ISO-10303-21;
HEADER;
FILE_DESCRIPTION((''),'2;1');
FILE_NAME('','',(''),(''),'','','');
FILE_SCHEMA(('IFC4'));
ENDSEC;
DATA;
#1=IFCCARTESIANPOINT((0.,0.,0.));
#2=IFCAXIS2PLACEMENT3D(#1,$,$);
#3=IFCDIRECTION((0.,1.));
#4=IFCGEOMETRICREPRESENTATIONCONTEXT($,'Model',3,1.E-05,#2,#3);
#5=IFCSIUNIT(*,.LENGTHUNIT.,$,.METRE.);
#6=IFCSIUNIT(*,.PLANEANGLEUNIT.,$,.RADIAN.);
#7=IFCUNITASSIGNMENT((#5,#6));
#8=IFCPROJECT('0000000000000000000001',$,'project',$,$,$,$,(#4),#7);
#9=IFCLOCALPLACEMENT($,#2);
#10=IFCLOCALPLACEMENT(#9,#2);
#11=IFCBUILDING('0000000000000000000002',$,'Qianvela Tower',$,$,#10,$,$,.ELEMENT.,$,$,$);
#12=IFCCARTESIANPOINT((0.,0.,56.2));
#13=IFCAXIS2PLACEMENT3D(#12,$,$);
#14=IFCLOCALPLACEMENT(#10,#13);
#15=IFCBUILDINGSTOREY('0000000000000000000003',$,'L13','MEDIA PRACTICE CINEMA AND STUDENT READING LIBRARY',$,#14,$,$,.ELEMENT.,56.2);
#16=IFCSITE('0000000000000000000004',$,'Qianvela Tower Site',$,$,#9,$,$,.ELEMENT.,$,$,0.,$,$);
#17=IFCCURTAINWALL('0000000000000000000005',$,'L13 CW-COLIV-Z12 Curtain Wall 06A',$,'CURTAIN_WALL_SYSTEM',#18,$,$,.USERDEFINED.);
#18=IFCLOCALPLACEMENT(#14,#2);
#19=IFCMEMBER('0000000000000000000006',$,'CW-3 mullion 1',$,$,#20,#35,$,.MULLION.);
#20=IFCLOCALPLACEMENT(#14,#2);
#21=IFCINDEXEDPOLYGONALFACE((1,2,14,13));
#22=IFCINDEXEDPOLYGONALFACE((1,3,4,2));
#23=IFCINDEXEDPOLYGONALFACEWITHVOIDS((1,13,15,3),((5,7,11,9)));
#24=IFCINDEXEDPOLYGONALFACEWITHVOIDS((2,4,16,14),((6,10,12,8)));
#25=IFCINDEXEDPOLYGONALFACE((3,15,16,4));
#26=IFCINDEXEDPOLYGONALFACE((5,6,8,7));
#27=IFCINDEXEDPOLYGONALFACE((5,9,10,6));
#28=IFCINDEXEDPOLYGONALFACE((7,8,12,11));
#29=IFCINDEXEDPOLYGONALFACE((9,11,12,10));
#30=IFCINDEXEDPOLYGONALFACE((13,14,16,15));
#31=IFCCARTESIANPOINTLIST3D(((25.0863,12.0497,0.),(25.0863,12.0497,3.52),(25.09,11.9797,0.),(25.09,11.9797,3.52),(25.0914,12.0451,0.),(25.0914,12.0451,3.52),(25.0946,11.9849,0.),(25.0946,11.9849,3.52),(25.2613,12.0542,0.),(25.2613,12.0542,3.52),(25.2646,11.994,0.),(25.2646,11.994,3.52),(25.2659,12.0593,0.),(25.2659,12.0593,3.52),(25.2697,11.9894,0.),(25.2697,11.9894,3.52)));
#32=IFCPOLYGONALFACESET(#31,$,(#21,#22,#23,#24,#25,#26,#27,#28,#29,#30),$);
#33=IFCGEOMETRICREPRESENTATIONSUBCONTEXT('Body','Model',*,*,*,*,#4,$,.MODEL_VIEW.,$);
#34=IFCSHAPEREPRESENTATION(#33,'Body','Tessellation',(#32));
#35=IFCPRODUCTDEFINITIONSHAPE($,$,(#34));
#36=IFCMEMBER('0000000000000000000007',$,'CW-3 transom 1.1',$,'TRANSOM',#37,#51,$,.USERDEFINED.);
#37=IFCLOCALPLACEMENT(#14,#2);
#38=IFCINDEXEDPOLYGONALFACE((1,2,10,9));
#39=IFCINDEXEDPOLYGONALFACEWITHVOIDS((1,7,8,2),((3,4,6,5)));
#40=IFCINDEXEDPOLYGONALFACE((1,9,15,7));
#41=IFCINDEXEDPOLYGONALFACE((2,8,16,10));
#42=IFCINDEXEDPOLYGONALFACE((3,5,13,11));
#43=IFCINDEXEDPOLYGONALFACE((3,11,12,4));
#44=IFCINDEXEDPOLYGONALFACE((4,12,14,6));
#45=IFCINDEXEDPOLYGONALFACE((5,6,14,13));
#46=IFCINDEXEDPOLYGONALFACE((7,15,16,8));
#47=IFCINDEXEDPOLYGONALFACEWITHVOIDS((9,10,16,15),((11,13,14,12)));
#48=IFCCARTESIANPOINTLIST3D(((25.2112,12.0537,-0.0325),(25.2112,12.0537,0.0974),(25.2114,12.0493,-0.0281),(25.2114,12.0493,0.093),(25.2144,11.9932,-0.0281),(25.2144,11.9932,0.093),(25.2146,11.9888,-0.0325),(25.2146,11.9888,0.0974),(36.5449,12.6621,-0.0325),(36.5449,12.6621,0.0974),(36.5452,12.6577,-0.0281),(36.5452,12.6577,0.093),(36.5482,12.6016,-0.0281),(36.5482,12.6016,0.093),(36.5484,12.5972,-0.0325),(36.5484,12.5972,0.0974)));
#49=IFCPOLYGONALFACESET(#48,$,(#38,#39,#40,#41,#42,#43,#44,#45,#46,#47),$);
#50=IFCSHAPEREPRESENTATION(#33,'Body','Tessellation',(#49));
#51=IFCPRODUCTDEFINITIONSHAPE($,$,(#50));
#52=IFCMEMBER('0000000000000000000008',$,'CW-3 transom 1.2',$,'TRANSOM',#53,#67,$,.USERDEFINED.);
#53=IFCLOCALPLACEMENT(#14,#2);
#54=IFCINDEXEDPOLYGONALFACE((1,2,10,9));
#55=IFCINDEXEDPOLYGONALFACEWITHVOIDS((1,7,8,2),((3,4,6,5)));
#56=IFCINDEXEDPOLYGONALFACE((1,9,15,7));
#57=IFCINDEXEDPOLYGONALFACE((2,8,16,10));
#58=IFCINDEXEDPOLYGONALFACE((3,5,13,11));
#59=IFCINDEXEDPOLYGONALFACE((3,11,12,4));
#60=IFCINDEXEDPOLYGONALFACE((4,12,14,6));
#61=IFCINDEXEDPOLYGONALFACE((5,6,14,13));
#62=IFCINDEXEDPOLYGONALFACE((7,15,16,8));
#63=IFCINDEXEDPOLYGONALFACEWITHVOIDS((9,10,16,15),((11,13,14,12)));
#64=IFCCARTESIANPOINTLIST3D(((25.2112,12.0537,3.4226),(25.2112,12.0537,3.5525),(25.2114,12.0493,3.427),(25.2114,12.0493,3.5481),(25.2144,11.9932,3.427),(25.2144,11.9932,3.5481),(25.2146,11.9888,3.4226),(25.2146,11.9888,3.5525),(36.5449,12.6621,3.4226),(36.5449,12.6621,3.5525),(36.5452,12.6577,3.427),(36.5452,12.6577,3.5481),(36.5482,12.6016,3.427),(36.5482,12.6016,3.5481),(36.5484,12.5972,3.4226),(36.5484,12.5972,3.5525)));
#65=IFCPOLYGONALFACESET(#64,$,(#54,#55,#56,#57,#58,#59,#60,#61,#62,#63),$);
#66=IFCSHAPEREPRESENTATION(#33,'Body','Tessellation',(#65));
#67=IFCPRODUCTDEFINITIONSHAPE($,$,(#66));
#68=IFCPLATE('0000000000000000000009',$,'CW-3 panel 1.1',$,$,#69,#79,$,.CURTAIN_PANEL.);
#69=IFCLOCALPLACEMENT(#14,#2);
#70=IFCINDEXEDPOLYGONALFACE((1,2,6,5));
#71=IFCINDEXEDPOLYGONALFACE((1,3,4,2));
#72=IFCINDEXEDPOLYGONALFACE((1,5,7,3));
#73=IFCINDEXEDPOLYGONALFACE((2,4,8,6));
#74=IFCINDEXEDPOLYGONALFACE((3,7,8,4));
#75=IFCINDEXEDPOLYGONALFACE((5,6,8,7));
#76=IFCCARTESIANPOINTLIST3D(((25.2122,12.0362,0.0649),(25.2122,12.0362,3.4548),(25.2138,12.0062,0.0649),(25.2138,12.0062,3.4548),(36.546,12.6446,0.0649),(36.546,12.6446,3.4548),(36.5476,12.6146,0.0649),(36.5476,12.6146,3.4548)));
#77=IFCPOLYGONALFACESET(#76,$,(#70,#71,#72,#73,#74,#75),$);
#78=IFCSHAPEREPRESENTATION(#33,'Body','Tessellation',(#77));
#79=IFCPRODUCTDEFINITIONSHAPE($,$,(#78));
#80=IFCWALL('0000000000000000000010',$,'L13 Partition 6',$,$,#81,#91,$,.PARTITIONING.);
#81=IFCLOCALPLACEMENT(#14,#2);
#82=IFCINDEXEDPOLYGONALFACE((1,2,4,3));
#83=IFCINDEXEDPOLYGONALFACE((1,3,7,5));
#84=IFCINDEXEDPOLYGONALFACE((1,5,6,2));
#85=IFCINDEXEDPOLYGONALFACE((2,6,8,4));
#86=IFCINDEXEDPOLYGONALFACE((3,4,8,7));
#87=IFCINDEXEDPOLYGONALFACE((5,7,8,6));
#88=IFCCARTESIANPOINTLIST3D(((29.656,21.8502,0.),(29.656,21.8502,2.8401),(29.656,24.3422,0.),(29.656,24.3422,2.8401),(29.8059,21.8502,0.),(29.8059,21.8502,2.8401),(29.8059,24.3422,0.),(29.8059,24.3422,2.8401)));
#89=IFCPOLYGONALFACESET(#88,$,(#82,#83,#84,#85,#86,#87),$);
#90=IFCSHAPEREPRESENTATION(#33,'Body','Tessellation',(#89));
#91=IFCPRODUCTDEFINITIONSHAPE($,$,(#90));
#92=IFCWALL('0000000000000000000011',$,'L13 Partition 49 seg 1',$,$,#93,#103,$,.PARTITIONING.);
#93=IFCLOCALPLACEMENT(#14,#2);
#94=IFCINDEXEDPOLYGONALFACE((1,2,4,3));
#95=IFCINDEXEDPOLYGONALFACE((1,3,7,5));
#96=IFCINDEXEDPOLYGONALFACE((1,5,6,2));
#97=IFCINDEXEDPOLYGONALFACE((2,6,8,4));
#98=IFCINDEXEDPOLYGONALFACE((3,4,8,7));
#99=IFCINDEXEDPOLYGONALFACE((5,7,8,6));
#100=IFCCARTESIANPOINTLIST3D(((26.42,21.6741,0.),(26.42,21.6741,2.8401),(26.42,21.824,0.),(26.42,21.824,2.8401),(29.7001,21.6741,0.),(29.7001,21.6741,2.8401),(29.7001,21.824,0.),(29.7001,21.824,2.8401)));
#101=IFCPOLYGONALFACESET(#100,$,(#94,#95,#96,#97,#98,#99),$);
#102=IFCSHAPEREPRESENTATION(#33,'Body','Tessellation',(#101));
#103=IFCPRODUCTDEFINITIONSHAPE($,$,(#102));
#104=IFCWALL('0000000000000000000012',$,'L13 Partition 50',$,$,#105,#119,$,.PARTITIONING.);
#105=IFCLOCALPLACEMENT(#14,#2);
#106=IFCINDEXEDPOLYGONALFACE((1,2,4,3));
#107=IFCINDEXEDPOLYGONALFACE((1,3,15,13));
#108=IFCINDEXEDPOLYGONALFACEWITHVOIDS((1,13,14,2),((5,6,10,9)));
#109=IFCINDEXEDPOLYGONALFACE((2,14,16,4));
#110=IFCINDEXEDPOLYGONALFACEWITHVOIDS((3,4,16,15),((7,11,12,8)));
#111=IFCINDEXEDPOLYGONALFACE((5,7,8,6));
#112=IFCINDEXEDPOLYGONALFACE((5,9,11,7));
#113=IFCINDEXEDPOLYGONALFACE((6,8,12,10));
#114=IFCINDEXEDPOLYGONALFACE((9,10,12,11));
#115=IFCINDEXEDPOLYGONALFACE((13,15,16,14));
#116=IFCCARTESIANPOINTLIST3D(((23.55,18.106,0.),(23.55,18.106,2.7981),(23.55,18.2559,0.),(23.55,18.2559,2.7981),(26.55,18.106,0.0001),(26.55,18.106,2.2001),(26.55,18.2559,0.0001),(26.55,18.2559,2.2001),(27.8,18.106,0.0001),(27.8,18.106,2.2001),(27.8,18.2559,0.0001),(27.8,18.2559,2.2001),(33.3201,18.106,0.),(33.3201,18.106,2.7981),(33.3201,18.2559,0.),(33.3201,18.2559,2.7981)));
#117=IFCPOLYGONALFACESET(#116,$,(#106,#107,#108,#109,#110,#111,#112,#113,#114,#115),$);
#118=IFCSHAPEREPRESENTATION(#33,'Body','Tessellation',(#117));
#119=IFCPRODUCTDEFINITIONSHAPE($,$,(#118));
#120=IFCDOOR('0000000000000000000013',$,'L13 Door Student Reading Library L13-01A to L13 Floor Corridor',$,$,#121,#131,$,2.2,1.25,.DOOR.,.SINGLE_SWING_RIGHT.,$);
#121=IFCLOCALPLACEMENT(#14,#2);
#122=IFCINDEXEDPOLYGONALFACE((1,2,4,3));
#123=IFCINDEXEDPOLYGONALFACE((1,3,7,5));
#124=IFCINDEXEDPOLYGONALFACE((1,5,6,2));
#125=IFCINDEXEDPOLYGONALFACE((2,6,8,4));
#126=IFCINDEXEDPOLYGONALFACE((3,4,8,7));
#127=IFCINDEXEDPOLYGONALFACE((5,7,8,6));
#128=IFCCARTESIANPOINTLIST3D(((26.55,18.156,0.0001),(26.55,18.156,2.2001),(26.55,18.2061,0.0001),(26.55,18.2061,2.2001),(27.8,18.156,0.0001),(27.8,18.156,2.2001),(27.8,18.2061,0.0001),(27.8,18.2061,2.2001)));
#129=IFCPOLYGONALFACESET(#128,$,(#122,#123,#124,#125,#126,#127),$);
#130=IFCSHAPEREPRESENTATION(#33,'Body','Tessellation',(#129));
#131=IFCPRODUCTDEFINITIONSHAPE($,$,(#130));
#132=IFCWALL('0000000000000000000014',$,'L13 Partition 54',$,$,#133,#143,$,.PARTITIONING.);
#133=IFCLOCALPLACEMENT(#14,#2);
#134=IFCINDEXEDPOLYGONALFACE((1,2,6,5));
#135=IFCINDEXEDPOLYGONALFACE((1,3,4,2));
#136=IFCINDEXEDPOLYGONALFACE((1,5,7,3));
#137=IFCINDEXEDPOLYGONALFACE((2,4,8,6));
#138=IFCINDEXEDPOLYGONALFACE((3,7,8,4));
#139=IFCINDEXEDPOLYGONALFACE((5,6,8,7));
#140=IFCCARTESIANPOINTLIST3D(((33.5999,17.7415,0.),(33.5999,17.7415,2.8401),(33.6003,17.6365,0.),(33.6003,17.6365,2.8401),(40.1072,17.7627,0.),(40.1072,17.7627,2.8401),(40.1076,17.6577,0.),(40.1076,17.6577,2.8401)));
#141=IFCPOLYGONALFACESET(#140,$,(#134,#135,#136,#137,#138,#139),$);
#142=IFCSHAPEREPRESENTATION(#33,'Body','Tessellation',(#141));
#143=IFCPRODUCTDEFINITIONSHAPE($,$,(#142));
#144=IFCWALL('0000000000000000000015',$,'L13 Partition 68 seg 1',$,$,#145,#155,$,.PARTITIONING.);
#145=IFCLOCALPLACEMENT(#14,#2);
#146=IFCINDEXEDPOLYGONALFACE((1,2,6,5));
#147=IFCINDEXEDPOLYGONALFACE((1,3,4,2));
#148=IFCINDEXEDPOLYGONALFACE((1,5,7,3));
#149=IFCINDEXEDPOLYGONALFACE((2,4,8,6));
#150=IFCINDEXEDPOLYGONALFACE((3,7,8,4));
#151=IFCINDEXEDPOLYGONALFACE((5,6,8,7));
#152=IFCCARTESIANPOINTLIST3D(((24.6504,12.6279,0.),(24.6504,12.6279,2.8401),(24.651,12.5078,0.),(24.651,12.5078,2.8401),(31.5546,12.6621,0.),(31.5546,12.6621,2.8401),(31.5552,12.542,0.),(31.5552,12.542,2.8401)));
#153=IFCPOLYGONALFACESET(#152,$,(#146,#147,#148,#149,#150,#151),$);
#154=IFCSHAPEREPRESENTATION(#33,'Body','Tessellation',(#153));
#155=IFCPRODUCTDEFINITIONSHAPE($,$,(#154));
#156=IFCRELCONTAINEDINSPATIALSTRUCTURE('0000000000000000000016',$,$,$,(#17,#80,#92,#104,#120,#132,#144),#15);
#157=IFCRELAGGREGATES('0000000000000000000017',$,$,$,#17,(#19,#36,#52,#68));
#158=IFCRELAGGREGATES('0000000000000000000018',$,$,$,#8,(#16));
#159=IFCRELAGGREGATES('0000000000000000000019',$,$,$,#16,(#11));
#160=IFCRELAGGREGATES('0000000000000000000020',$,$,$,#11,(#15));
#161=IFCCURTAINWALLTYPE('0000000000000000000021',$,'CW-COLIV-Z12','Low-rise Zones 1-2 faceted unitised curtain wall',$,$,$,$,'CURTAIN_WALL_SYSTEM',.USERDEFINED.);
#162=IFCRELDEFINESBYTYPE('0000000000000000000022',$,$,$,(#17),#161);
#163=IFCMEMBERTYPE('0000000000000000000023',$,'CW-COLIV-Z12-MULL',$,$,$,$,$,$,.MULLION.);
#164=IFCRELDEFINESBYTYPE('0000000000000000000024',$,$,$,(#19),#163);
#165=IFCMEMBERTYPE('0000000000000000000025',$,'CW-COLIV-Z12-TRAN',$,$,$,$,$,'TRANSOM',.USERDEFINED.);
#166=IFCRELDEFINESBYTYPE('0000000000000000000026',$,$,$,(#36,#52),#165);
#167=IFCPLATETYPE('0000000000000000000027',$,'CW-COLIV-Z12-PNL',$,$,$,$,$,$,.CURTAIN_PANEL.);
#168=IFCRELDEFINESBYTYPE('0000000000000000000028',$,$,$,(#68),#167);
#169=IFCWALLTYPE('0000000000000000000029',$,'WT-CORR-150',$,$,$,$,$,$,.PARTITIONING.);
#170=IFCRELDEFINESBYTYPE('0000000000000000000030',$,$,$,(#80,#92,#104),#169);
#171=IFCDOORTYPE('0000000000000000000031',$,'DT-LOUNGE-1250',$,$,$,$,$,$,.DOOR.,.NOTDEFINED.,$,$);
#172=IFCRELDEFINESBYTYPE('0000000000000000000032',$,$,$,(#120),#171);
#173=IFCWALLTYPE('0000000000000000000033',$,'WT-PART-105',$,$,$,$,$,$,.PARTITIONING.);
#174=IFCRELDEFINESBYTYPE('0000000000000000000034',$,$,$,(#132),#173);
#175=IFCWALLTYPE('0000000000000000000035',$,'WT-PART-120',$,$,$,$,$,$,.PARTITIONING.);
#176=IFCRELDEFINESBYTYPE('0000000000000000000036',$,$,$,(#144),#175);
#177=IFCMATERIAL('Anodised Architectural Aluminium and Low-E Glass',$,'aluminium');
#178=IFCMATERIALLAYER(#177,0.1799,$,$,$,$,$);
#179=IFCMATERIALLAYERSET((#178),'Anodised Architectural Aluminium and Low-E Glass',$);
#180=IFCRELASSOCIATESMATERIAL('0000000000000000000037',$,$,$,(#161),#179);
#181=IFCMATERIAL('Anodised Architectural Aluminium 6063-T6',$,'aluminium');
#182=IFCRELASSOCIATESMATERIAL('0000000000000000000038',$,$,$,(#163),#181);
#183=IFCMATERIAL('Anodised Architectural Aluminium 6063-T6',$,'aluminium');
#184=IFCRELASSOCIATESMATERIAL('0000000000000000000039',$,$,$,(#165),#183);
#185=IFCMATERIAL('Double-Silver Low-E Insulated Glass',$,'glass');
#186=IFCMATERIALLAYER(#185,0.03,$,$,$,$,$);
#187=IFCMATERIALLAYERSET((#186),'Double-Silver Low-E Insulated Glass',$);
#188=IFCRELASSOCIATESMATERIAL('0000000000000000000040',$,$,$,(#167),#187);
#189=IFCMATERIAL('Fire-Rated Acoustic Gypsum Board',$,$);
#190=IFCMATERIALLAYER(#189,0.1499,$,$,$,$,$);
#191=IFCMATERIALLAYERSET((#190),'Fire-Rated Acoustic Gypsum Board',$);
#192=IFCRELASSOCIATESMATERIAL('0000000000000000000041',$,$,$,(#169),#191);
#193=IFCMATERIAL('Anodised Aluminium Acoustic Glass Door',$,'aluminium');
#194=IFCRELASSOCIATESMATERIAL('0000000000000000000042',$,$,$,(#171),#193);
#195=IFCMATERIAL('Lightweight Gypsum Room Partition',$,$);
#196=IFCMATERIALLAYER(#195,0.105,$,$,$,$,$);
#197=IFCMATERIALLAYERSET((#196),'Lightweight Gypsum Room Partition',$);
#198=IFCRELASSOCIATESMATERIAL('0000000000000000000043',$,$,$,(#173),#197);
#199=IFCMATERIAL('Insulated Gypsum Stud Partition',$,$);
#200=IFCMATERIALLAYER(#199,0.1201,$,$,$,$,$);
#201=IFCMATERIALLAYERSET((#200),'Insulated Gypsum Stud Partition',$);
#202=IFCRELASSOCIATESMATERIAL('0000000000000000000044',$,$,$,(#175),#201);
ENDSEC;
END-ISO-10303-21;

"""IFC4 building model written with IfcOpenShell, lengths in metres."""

from ifc_helpers import new_model, si_unit, direction, frame, frame_2d, origin, origin_2d, place, context, subcontext, project, spatial, rectangle, hollow_rectangle, extrude, material, layer, layer_set, material_profile, profile_set, type_object, element, fill, aggregate, save


model = new_model("IFC4")

# Units and contexts
model_context = context("Model", 3, precision=1e-05, world=origin(), true_north=direction((0.0, 1.0)))
body_context = subcontext(model_context, "Body", "Model", "MODEL_VIEW")
ifc_project = project(units=[si_unit("LENGTHUNIT", "METRE"), si_unit("PLANEANGLEUNIT", "RADIAN")], contexts=[model_context])

# Site, building, storey
site_placement = place(None, origin())
site = spatial("IfcSite", under=ifc_project, at=site_placement, Name="Qianvela Tower Site", CompositionType="ELEMENT", RefElevation=0.0)
building_placement = place(site_placement, origin())
building = spatial("IfcBuilding", under=site, at=building_placement, Name="Qianvela Tower", CompositionType="ELEMENT")
storey_placement = place(building_placement, frame((0.0, 0.0, 56.2)))
storey = spatial("IfcBuildingStorey", under=building, at=storey_placement, Name="L13", Description="MEDIA PRACTICE CINEMA AND STUDENT READING LIBRARY", CompositionType="ELEMENT", Elevation=56.2)

# Curtain wall, members, plate
ifc_material_1 = material(Name="Anodised Architectural Aluminium and Low-E Glass", Category="aluminium")
ifc_layer_1 = layer(ifc_material_1, 0.1799)
ifc_layer_set_1 = layer_set([ifc_layer_1], Name="Anodised Architectural Aluminium and Low-E Glass")
curtain_wall_type = type_object("IfcCurtainWallType", Name="CW-COLIV-Z12", Description="Low-rise Zones 1-2 faceted unitised curtain wall", ElementType="CURTAIN_WALL_SYSTEM", PredefinedType="USERDEFINED", material=ifc_layer_set_1)
curtain_wall_placement = place(storey_placement, origin())
curtain_wall = element("IfcCurtainWall", 1, at=curtain_wall_placement, inside=storey, type_object=curtain_wall_type, Name="L13 CW-COLIV-Z12 Curtain Wall 06A", ObjectType="CURTAIN_WALL_SYSTEM", PredefinedType="USERDEFINED")
ifc_material_2 = material(Name="Anodised Architectural Aluminium 6063-T6", Category="aluminium")
ifc_material_profile_1 = material_profile(ifc_material_2, hollow_rectangle(XDim=0.0701, YDim=0.1799, WallThickness=0.0049, at=origin_2d()), Name="ALU-MULL-70x180")
ifc_profile_set_1 = profile_set([ifc_material_profile_1], Name="Anodised Architectural Aluminium 6063-T6")
member_type_1 = type_object("IfcMemberType", Name="CW-COLIV-Z12-MULL", PredefinedType="MULLION", material=ifc_profile_set_1)
member_1_placement = place(storey_placement, frame((25.178, 12.0195, 0.0), z_axis=(0.0, 0.0, 1.0), x_axis=(-0.053603, 0.998562, 0.0)))
member_1 = element("IfcMember", 2, at=member_1_placement, type_object=member_type_1, Name="CW-3 mullion 1", PredefinedType="MULLION", context=body_context, shape_type="SweptSolid", body=[
    extrude(hollow_rectangle(XDim=0.0701, YDim=0.1799, WallThickness=0.0049, at=origin_2d()), origin(), (0.0, 0.0, 1.0), 3.52),
])
ifc_material_3 = material(Name="Anodised Architectural Aluminium 6063-T6", Category="aluminium")
ifc_material_profile_2 = material_profile(ifc_material_3, hollow_rectangle(XDim=0.0649, YDim=0.1299, WallThickness=0.0044, at=origin_2d()), Name="ALU-TRAN-65x130")
ifc_profile_set_2 = profile_set([ifc_material_profile_2], Name="Anodised Architectural Aluminium 6063-T6")
member_type_2 = type_object("IfcMemberType", Name="CW-COLIV-Z12-TRAN", ElementType="TRANSOM", PredefinedType="USERDEFINED", material=ifc_profile_set_2)
member_2_placement = place(storey_placement, frame((25.2129, 12.0212, 0.0325), z_axis=(0.998562, 0.053603, 0.0), x_axis=(-0.053603, 0.998562, 0.0)))
member_2 = element("IfcMember", 3, at=member_2_placement, type_object=member_type_2, Name="CW-3 transom 1.1", ObjectType="TRANSOM", PredefinedType="USERDEFINED", context=body_context, shape_type="SweptSolid", body=[
    extrude(hollow_rectangle(XDim=0.0649, YDim=0.1299, WallThickness=0.0044, at=origin_2d()), origin(), (0.0, 0.0, 1.0), 11.3501),
])
member_3_placement = place(storey_placement, frame((25.2129, 12.0212, 3.4875), z_axis=(0.998562, 0.053603, 0.0), x_axis=(-0.053603, 0.998562, 0.0)))
member_3 = element("IfcMember", 4, at=member_3_placement, type_object=member_type_2, Name="CW-3 transom 1.2", ObjectType="TRANSOM", PredefinedType="USERDEFINED", context=body_context, shape_type="SweptSolid", body=[
    extrude(hollow_rectangle(XDim=0.0649, YDim=0.1299, WallThickness=0.0044, at=origin_2d()), origin(), (0.0, 0.0, 1.0), 11.3501),
])
ifc_material_4 = material(Name="Double-Silver Low-E Insulated Glass", Category="glass")
ifc_layer_2 = layer(ifc_material_4, 0.03)
ifc_layer_set_2 = layer_set([ifc_layer_2], Name="Double-Silver Low-E Insulated Glass")
plate_type = type_object("IfcPlateType", Name="CW-COLIV-Z12-PNL", PredefinedType="CURTAIN_PANEL", material=ifc_layer_set_2)
plate_placement = place(storey_placement, frame((30.8799, 12.3254, 0.0649), z_axis=(0.0, 0.0, 1.0), x_axis=(0.998562, 0.053603, 0.0)))
plate = element("IfcPlate", 5, at=plate_placement, type_object=plate_type, Name="CW-3 panel 1.1", PredefinedType="CURTAIN_PANEL", context=body_context, shape_type="SweptSolid", body=[
    extrude(rectangle(XDim=11.3501, YDim=0.03, at=origin_2d()), origin(), (0.0, 0.0, 1.0), 3.3899),
])
aggregate(curtain_wall, [member_1, member_2, member_3, plate])

# Shared definitions
ifc_material_5 = material(Name="Fire-Rated Acoustic Gypsum Board")
ifc_layer_3 = layer(ifc_material_5, 0.1499)
ifc_layer_set_3 = layer_set([ifc_layer_3], Name="Fire-Rated Acoustic Gypsum Board")
wall_type_1 = type_object("IfcWallType", Name="WT-CORR-150", PredefinedType="PARTITIONING", material=ifc_layer_set_3)

# Walls
wall_1_placement = place(storey_placement, frame((29.731, 21.8501, 0.0), z_axis=(0.0, 0.0, 1.0), x_axis=(0.0, 1.0, 0.0)))
element("IfcWall", 6, at=wall_1_placement, inside=storey, type_object=wall_type_1, Name="L13 Partition 6", PredefinedType="PARTITIONING", context=body_context, shape_type="SweptSolid", body=[
    extrude(rectangle(XDim=2.4919, YDim=0.1499, at=frame_2d((1.2461, 0.0))), origin(), (0.0, 0.0, 1.0), 2.8401),
])
wall_2_placement = place(storey_placement, frame((26.4199, 21.749, 0.0), z_axis=(0.0, 0.0, 1.0), x_axis=(1.0, 0.0, 0.0)))
element("IfcWall", 7, at=wall_2_placement, inside=storey, type_object=wall_type_1, Name="L13 Partition 49 seg 1", PredefinedType="PARTITIONING", context=body_context, shape_type="SweptSolid", body=[
    extrude(rectangle(XDim=3.28, YDim=0.1499, at=frame_2d((1.6401, 0.0))), origin(), (0.0, 0.0, 1.0), 2.8401),
])

# Wall, opening, door
wall_3_placement = place(storey_placement, frame((33.3201, 18.1809, 0.0), z_axis=(0.0, 0.0, 1.0), x_axis=(-1.0, 0.0, 0.0)))
wall_3 = element("IfcWall", 8, at=wall_3_placement, inside=storey, type_object=wall_type_1, Name="L13 Partition 50", PredefinedType="PARTITIONING", context=body_context, shape_type="SweptSolid", body=[
    extrude(rectangle(XDim=9.77, YDim=0.1499, at=frame_2d((4.885, 0.0))), origin(), (0.0, 0.0, 1.0), 2.7981),
])
opening_1_placement = place(wall_3_placement, frame((5.52, 0.0, 0.0)))
opening_1 = element("IfcOpeningElement", 9, at=opening_1_placement, cuts=wall_3, PredefinedType="OPENING", context=body_context, shape_type="SweptSolid", body=[
    extrude(rectangle(XDim=1.25, YDim=2.2, at=frame_2d((0.625, 1.1001))), frame((0.0, 0.085, 0.0), z_axis=(0.0, -1.0, 0.0), x_axis=(1.0, 0.0, 0.0)), (0.0, 0.0, 1.0), 0.1699),
])
ifc_material_6 = material(Name="Anodised Aluminium Acoustic Glass Door", Category="aluminium")
door_type_1 = type_object("IfcDoorType", Name="DT-LOUNGE-1250", OperationType="NOTDEFINED", PredefinedType="DOOR", material=ifc_material_6)
door_1_placement = place(opening_1_placement, origin())
door_1 = element("IfcDoor", 10, at=door_1_placement, inside=storey, type_object=door_type_1, Name="L13 Door Student Reading Library L13-01A to L13 Floor Corridor", OperationType="SINGLE_SWING_RIGHT", OverallHeight=2.2, OverallWidth=1.25, PredefinedType="DOOR", context=body_context, shape_type="SweptSolid", body=[
    extrude(rectangle(XDim=1.25, YDim=2.2, at=frame_2d((0.625, 1.1001))), frame((0.0, 0.0249, 0.0), z_axis=(0.0, -1.0, 0.0), x_axis=(1.0, 0.0, 0.0)), (0.0, 0.0, 1.0), 0.05),
])
fill(opening_1, door_1)

# Walls
ifc_material_7 = material(Name="Lightweight Gypsum Room Partition")
ifc_layer_4 = layer(ifc_material_7, 0.105)
ifc_layer_set_4 = layer_set([ifc_layer_4], Name="Lightweight Gypsum Room Partition")
wall_type_2 = type_object("IfcWallType", Name="WT-PART-105", PredefinedType="PARTITIONING", material=ifc_layer_set_4)
wall_4_placement = place(storey_placement, frame((33.6001, 17.689, 0.0), z_axis=(0.0, 0.0, 1.0), x_axis=(0.999995, 0.003264, 0.0)))
element("IfcWall", 11, at=wall_4_placement, inside=storey, type_object=wall_type_2, Name="L13 Partition 54", PredefinedType="PARTITIONING", context=body_context, shape_type="SweptSolid", body=[
    extrude(rectangle(XDim=6.5073, YDim=0.105, at=frame_2d((3.2537, 0.0))), origin(), (0.0, 0.0, 1.0), 2.8401),
])
ifc_material_8 = material(Name="Insulated Gypsum Stud Partition")
ifc_layer_5 = layer(ifc_material_8, 0.1201)
ifc_layer_set_5 = layer_set([ifc_layer_5], Name="Insulated Gypsum Stud Partition")
wall_type_3 = type_object("IfcWallType", Name="WT-PART-120", PredefinedType="PARTITIONING", material=ifc_layer_set_5)
wall_5_placement = place(storey_placement, frame((31.5549, 12.6021, 0.0), z_axis=(0.0, 0.0, 1.0), x_axis=(-0.999988, -0.00495, 0.0)))
element("IfcWall", 12, at=wall_5_placement, inside=storey, type_object=wall_type_3, Name="L13 Partition 68 seg 1", PredefinedType="PARTITIONING", context=body_context, shape_type="SweptSolid", body=[
    extrude(rectangle(XDim=6.9043, YDim=0.1201, at=frame_2d((3.4521, 0.0))), origin(), (0.0, 0.0, 1.0), 2.8401),
])

save(model, "model.ifc")
